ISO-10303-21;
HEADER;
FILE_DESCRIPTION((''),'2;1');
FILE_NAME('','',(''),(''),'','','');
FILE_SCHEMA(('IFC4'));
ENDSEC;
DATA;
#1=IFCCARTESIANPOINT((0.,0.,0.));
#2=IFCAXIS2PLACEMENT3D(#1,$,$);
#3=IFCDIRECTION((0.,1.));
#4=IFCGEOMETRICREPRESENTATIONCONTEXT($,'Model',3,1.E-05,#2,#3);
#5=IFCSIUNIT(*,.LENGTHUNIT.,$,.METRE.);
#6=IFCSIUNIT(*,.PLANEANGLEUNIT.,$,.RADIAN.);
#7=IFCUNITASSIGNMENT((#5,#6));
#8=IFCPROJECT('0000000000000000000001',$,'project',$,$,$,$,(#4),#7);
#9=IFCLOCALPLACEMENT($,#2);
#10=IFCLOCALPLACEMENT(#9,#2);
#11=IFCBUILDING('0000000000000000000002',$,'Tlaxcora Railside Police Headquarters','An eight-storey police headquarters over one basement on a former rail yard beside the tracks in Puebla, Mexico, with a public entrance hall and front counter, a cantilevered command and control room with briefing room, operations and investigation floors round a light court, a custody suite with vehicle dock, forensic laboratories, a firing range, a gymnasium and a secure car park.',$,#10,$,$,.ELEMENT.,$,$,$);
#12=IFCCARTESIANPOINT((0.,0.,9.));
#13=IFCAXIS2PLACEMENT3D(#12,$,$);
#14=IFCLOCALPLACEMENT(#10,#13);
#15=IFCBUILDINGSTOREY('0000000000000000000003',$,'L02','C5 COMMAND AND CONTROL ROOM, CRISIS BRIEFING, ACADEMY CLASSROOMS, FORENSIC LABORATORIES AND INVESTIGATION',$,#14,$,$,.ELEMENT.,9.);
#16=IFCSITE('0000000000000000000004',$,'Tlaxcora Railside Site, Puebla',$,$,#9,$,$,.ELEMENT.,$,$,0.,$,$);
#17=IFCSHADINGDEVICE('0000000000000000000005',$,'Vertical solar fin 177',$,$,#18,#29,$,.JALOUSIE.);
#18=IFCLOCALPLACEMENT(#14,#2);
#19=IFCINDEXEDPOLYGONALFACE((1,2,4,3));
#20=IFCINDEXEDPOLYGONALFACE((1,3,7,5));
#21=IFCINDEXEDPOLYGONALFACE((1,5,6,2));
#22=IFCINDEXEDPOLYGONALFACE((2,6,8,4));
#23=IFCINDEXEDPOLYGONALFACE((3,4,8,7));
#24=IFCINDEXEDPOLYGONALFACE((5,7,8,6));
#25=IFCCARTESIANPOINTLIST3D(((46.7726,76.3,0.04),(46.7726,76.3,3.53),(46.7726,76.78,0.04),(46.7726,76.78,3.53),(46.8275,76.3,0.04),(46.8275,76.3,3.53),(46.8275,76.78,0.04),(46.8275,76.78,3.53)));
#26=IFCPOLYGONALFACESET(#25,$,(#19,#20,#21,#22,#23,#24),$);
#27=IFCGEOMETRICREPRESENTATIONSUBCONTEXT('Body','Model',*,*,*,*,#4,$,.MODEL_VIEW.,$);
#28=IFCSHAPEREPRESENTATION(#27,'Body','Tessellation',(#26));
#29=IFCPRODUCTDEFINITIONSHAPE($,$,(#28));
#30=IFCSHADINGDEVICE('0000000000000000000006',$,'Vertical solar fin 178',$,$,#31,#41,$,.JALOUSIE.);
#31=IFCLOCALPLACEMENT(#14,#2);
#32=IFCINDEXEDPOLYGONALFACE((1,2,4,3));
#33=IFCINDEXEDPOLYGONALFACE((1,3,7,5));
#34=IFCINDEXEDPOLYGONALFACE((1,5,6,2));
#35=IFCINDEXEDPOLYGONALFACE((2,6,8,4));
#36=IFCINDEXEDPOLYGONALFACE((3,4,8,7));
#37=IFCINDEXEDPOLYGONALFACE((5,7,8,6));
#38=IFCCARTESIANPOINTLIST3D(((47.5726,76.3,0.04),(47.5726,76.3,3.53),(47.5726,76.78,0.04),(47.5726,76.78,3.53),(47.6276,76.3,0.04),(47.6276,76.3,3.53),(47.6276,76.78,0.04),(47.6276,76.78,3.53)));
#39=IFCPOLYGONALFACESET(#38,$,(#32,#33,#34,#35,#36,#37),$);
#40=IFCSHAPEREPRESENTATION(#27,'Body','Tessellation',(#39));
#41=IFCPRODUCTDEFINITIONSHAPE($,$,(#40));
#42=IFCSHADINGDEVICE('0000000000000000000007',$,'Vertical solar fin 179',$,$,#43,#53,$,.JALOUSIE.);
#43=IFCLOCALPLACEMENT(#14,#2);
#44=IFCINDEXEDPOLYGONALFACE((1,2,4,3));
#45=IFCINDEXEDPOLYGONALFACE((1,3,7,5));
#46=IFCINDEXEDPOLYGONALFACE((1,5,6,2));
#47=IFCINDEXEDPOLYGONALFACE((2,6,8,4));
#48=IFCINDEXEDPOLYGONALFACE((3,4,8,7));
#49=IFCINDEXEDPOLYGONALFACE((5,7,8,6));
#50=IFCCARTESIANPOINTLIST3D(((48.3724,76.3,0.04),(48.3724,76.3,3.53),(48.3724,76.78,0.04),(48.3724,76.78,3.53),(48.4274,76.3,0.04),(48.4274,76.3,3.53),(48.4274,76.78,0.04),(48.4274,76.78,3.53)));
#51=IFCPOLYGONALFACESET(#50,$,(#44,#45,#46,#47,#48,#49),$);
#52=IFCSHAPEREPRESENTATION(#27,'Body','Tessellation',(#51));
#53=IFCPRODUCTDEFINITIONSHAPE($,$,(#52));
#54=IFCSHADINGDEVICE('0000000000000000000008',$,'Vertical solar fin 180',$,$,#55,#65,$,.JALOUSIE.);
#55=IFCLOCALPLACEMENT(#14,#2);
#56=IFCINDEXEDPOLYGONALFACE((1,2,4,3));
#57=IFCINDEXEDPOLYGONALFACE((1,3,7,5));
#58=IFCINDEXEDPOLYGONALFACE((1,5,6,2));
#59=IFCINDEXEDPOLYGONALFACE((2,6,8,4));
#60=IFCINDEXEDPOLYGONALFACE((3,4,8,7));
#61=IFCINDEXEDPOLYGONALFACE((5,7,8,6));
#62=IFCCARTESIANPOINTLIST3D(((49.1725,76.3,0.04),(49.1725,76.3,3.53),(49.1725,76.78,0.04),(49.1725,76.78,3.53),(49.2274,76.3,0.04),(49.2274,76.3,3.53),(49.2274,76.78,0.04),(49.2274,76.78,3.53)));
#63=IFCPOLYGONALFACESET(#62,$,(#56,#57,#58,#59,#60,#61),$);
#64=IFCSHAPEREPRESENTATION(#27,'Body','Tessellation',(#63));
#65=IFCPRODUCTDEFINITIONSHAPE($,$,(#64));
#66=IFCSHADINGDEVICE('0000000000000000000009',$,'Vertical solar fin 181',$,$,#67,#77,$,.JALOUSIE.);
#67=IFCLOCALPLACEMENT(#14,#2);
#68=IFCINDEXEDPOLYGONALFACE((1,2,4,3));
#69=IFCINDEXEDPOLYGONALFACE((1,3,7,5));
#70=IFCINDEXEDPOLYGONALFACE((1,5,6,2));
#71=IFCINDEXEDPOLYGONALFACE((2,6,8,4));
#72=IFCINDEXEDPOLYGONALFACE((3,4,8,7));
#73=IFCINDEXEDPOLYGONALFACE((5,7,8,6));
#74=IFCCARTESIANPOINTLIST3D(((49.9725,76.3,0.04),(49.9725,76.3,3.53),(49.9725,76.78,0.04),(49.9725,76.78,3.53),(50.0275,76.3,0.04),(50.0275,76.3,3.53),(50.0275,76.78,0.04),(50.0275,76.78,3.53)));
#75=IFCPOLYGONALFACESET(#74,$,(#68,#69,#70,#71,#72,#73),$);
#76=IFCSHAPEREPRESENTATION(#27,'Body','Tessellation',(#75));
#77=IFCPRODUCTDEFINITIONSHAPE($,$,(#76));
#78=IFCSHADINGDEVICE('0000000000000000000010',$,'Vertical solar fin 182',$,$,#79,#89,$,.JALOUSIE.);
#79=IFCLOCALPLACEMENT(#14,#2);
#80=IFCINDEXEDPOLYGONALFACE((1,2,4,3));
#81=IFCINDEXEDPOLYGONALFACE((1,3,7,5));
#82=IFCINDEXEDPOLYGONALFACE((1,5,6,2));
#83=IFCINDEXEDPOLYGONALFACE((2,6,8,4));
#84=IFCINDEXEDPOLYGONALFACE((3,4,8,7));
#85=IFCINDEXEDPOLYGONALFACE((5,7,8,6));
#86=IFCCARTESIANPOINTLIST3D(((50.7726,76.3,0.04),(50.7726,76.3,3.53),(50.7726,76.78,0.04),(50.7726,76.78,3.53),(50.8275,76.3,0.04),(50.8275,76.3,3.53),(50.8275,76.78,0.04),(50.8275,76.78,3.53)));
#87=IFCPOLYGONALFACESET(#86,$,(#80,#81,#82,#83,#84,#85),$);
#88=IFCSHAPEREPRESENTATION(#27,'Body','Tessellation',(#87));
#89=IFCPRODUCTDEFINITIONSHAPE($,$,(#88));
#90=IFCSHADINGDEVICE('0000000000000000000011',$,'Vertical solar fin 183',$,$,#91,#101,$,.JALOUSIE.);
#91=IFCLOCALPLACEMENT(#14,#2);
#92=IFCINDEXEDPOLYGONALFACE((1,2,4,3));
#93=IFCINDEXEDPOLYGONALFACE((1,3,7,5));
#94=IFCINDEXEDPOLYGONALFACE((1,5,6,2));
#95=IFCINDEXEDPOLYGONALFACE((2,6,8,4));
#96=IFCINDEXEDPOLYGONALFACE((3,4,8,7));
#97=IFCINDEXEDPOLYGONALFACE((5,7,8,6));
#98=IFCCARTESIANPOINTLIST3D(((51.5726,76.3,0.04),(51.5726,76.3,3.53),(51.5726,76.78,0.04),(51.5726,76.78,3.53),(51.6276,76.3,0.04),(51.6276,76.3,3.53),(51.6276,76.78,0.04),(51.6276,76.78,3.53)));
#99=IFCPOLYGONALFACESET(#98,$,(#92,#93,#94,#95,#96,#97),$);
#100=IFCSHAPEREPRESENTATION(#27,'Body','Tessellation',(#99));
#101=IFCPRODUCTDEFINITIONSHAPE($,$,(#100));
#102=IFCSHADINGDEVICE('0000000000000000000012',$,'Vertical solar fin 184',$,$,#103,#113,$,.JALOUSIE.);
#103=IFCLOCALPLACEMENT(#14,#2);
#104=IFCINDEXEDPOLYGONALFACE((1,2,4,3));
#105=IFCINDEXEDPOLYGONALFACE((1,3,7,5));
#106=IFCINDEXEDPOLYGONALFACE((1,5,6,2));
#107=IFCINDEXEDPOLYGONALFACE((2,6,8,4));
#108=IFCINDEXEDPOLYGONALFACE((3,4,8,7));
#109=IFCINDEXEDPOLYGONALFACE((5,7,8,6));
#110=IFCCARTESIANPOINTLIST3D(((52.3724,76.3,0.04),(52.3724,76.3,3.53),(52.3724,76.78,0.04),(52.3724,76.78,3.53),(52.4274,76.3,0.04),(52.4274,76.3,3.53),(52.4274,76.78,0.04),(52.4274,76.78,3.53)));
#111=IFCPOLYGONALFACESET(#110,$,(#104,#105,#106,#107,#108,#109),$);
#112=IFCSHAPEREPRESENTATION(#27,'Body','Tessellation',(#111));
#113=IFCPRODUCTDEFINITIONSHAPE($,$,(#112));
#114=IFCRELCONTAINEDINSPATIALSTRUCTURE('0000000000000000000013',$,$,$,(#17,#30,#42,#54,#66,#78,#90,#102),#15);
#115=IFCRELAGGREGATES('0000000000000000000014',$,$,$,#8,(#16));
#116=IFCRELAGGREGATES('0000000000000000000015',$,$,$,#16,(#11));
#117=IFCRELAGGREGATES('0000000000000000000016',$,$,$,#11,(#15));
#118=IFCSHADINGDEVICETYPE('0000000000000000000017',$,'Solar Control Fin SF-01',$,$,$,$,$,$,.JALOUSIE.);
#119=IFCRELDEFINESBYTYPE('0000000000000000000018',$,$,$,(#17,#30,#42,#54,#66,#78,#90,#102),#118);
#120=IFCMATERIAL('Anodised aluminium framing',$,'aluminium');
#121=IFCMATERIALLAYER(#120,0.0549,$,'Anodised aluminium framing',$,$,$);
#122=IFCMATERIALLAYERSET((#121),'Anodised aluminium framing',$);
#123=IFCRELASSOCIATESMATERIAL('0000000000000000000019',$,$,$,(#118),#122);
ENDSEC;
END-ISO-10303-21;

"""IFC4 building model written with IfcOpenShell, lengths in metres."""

from ifc_helpers import new_model, si_unit, direction, frame, origin, origin_2d, place, context, subcontext, project, spatial, rectangle, extrude, material, layer, layer_set, type_object, element, save


model = new_model("IFC4")

# Units and contexts
model_context = context("Model", 3, precision=1e-05, world=origin(), true_north=direction((0.0, 1.0)))
body_context = subcontext(model_context, "Body", "Model", "MODEL_VIEW")
ifc_project = project(units=[si_unit("LENGTHUNIT", "METRE"), si_unit("PLANEANGLEUNIT", "RADIAN")], contexts=[model_context])

# Site, building, storey
site_placement = place(None, origin())
site = spatial("IfcSite", under=ifc_project, at=site_placement, Name="Tlaxcora Railside Site, Puebla", CompositionType="ELEMENT", RefElevation=0.0)
building_placement = place(site_placement, origin())
building = spatial("IfcBuilding", under=site, at=building_placement, Name="Tlaxcora Railside Police Headquarters", Description="An eight-storey police headquarters over one basement on a former rail yard beside the tracks in Puebla, Mexico, with a public entrance hall and front counter, a cantilevered command and control room with briefing room, operations and investigation floors round a light court, a custody suite with vehicle dock, forensic laboratories, a firing range, a gymnasium and a secure car park.", CompositionType="ELEMENT")
storey_placement = place(building_placement, frame((0.0, 0.0, 9.0)))
storey = spatial("IfcBuildingStorey", under=building, at=storey_placement, Name="L02", Description="C5 COMMAND AND CONTROL ROOM, CRISIS BRIEFING, ACADEMY CLASSROOMS, FORENSIC LABORATORIES AND INVESTIGATION", CompositionType="ELEMENT", Elevation=9.0)

# Shared definitions
ifc_material_1 = material(Name="Anodised aluminium framing", Category="aluminium")

# Shading devices
ifc_layer_1 = layer(ifc_material_1, 0.0549, Name="Anodised aluminium framing")
ifc_layer_set_1 = layer_set([ifc_layer_1], Name="Anodised aluminium framing")
shading_device_type = type_object("IfcShadingDeviceType", Name="Solar Control Fin SF-01", PredefinedType="JALOUSIE", material=ifc_layer_set_1)
for number, where, z_axis, x_axis, name in (
    (1, (46.8, 76.54, 0.04), (0.0, 0.0, 1.0), (0.0, -1.0, 0.0), "Vertical solar fin 177"),
    (2, (47.6001, 76.54, 0.04), (0.0, 0.0, 1.0), (0.0, -1.0, 0.0), "Vertical solar fin 178"),
    (3, (48.3999, 76.54, 0.04), (0.0, 0.0, 1.0), (0.0, -1.0, 0.0), "Vertical solar fin 179"),
    (4, (49.2, 76.54, 0.04), (0.0, 0.0, 1.0), (0.0, -1.0, 0.0), "Vertical solar fin 180"),
    (5, (50.0, 76.54, 0.04), (0.0, 0.0, 1.0), (0.0, -1.0, 0.0), "Vertical solar fin 181"),
    (6, (50.8, 76.54, 0.04), (0.0, 0.0, 1.0), (0.0, -1.0, 0.0), "Vertical solar fin 182"),
    (7, (51.6001, 76.54, 0.04), (0.0, 0.0, 1.0), (0.0, -1.0, 0.0), "Vertical solar fin 183"),
    (8, (52.3999, 76.54, 0.04), (0.0, 0.0, 1.0), (0.0, -1.0, 0.0), "Vertical solar fin 184"),
):
    element("IfcShadingDevice", number, at=place(storey_placement, frame(where, z_axis=z_axis, x_axis=x_axis)), inside=storey, type_object=shading_device_type, Name=name, PredefinedType="JALOUSIE", context=body_context, shape_type="SweptSolid", body=[
        extrude(rectangle(XDim=0.48, YDim=0.0549, at=origin_2d()), origin(), (0.0, 0.0, 1.0), 3.49),
    ])

save(model, "model.ifc")
